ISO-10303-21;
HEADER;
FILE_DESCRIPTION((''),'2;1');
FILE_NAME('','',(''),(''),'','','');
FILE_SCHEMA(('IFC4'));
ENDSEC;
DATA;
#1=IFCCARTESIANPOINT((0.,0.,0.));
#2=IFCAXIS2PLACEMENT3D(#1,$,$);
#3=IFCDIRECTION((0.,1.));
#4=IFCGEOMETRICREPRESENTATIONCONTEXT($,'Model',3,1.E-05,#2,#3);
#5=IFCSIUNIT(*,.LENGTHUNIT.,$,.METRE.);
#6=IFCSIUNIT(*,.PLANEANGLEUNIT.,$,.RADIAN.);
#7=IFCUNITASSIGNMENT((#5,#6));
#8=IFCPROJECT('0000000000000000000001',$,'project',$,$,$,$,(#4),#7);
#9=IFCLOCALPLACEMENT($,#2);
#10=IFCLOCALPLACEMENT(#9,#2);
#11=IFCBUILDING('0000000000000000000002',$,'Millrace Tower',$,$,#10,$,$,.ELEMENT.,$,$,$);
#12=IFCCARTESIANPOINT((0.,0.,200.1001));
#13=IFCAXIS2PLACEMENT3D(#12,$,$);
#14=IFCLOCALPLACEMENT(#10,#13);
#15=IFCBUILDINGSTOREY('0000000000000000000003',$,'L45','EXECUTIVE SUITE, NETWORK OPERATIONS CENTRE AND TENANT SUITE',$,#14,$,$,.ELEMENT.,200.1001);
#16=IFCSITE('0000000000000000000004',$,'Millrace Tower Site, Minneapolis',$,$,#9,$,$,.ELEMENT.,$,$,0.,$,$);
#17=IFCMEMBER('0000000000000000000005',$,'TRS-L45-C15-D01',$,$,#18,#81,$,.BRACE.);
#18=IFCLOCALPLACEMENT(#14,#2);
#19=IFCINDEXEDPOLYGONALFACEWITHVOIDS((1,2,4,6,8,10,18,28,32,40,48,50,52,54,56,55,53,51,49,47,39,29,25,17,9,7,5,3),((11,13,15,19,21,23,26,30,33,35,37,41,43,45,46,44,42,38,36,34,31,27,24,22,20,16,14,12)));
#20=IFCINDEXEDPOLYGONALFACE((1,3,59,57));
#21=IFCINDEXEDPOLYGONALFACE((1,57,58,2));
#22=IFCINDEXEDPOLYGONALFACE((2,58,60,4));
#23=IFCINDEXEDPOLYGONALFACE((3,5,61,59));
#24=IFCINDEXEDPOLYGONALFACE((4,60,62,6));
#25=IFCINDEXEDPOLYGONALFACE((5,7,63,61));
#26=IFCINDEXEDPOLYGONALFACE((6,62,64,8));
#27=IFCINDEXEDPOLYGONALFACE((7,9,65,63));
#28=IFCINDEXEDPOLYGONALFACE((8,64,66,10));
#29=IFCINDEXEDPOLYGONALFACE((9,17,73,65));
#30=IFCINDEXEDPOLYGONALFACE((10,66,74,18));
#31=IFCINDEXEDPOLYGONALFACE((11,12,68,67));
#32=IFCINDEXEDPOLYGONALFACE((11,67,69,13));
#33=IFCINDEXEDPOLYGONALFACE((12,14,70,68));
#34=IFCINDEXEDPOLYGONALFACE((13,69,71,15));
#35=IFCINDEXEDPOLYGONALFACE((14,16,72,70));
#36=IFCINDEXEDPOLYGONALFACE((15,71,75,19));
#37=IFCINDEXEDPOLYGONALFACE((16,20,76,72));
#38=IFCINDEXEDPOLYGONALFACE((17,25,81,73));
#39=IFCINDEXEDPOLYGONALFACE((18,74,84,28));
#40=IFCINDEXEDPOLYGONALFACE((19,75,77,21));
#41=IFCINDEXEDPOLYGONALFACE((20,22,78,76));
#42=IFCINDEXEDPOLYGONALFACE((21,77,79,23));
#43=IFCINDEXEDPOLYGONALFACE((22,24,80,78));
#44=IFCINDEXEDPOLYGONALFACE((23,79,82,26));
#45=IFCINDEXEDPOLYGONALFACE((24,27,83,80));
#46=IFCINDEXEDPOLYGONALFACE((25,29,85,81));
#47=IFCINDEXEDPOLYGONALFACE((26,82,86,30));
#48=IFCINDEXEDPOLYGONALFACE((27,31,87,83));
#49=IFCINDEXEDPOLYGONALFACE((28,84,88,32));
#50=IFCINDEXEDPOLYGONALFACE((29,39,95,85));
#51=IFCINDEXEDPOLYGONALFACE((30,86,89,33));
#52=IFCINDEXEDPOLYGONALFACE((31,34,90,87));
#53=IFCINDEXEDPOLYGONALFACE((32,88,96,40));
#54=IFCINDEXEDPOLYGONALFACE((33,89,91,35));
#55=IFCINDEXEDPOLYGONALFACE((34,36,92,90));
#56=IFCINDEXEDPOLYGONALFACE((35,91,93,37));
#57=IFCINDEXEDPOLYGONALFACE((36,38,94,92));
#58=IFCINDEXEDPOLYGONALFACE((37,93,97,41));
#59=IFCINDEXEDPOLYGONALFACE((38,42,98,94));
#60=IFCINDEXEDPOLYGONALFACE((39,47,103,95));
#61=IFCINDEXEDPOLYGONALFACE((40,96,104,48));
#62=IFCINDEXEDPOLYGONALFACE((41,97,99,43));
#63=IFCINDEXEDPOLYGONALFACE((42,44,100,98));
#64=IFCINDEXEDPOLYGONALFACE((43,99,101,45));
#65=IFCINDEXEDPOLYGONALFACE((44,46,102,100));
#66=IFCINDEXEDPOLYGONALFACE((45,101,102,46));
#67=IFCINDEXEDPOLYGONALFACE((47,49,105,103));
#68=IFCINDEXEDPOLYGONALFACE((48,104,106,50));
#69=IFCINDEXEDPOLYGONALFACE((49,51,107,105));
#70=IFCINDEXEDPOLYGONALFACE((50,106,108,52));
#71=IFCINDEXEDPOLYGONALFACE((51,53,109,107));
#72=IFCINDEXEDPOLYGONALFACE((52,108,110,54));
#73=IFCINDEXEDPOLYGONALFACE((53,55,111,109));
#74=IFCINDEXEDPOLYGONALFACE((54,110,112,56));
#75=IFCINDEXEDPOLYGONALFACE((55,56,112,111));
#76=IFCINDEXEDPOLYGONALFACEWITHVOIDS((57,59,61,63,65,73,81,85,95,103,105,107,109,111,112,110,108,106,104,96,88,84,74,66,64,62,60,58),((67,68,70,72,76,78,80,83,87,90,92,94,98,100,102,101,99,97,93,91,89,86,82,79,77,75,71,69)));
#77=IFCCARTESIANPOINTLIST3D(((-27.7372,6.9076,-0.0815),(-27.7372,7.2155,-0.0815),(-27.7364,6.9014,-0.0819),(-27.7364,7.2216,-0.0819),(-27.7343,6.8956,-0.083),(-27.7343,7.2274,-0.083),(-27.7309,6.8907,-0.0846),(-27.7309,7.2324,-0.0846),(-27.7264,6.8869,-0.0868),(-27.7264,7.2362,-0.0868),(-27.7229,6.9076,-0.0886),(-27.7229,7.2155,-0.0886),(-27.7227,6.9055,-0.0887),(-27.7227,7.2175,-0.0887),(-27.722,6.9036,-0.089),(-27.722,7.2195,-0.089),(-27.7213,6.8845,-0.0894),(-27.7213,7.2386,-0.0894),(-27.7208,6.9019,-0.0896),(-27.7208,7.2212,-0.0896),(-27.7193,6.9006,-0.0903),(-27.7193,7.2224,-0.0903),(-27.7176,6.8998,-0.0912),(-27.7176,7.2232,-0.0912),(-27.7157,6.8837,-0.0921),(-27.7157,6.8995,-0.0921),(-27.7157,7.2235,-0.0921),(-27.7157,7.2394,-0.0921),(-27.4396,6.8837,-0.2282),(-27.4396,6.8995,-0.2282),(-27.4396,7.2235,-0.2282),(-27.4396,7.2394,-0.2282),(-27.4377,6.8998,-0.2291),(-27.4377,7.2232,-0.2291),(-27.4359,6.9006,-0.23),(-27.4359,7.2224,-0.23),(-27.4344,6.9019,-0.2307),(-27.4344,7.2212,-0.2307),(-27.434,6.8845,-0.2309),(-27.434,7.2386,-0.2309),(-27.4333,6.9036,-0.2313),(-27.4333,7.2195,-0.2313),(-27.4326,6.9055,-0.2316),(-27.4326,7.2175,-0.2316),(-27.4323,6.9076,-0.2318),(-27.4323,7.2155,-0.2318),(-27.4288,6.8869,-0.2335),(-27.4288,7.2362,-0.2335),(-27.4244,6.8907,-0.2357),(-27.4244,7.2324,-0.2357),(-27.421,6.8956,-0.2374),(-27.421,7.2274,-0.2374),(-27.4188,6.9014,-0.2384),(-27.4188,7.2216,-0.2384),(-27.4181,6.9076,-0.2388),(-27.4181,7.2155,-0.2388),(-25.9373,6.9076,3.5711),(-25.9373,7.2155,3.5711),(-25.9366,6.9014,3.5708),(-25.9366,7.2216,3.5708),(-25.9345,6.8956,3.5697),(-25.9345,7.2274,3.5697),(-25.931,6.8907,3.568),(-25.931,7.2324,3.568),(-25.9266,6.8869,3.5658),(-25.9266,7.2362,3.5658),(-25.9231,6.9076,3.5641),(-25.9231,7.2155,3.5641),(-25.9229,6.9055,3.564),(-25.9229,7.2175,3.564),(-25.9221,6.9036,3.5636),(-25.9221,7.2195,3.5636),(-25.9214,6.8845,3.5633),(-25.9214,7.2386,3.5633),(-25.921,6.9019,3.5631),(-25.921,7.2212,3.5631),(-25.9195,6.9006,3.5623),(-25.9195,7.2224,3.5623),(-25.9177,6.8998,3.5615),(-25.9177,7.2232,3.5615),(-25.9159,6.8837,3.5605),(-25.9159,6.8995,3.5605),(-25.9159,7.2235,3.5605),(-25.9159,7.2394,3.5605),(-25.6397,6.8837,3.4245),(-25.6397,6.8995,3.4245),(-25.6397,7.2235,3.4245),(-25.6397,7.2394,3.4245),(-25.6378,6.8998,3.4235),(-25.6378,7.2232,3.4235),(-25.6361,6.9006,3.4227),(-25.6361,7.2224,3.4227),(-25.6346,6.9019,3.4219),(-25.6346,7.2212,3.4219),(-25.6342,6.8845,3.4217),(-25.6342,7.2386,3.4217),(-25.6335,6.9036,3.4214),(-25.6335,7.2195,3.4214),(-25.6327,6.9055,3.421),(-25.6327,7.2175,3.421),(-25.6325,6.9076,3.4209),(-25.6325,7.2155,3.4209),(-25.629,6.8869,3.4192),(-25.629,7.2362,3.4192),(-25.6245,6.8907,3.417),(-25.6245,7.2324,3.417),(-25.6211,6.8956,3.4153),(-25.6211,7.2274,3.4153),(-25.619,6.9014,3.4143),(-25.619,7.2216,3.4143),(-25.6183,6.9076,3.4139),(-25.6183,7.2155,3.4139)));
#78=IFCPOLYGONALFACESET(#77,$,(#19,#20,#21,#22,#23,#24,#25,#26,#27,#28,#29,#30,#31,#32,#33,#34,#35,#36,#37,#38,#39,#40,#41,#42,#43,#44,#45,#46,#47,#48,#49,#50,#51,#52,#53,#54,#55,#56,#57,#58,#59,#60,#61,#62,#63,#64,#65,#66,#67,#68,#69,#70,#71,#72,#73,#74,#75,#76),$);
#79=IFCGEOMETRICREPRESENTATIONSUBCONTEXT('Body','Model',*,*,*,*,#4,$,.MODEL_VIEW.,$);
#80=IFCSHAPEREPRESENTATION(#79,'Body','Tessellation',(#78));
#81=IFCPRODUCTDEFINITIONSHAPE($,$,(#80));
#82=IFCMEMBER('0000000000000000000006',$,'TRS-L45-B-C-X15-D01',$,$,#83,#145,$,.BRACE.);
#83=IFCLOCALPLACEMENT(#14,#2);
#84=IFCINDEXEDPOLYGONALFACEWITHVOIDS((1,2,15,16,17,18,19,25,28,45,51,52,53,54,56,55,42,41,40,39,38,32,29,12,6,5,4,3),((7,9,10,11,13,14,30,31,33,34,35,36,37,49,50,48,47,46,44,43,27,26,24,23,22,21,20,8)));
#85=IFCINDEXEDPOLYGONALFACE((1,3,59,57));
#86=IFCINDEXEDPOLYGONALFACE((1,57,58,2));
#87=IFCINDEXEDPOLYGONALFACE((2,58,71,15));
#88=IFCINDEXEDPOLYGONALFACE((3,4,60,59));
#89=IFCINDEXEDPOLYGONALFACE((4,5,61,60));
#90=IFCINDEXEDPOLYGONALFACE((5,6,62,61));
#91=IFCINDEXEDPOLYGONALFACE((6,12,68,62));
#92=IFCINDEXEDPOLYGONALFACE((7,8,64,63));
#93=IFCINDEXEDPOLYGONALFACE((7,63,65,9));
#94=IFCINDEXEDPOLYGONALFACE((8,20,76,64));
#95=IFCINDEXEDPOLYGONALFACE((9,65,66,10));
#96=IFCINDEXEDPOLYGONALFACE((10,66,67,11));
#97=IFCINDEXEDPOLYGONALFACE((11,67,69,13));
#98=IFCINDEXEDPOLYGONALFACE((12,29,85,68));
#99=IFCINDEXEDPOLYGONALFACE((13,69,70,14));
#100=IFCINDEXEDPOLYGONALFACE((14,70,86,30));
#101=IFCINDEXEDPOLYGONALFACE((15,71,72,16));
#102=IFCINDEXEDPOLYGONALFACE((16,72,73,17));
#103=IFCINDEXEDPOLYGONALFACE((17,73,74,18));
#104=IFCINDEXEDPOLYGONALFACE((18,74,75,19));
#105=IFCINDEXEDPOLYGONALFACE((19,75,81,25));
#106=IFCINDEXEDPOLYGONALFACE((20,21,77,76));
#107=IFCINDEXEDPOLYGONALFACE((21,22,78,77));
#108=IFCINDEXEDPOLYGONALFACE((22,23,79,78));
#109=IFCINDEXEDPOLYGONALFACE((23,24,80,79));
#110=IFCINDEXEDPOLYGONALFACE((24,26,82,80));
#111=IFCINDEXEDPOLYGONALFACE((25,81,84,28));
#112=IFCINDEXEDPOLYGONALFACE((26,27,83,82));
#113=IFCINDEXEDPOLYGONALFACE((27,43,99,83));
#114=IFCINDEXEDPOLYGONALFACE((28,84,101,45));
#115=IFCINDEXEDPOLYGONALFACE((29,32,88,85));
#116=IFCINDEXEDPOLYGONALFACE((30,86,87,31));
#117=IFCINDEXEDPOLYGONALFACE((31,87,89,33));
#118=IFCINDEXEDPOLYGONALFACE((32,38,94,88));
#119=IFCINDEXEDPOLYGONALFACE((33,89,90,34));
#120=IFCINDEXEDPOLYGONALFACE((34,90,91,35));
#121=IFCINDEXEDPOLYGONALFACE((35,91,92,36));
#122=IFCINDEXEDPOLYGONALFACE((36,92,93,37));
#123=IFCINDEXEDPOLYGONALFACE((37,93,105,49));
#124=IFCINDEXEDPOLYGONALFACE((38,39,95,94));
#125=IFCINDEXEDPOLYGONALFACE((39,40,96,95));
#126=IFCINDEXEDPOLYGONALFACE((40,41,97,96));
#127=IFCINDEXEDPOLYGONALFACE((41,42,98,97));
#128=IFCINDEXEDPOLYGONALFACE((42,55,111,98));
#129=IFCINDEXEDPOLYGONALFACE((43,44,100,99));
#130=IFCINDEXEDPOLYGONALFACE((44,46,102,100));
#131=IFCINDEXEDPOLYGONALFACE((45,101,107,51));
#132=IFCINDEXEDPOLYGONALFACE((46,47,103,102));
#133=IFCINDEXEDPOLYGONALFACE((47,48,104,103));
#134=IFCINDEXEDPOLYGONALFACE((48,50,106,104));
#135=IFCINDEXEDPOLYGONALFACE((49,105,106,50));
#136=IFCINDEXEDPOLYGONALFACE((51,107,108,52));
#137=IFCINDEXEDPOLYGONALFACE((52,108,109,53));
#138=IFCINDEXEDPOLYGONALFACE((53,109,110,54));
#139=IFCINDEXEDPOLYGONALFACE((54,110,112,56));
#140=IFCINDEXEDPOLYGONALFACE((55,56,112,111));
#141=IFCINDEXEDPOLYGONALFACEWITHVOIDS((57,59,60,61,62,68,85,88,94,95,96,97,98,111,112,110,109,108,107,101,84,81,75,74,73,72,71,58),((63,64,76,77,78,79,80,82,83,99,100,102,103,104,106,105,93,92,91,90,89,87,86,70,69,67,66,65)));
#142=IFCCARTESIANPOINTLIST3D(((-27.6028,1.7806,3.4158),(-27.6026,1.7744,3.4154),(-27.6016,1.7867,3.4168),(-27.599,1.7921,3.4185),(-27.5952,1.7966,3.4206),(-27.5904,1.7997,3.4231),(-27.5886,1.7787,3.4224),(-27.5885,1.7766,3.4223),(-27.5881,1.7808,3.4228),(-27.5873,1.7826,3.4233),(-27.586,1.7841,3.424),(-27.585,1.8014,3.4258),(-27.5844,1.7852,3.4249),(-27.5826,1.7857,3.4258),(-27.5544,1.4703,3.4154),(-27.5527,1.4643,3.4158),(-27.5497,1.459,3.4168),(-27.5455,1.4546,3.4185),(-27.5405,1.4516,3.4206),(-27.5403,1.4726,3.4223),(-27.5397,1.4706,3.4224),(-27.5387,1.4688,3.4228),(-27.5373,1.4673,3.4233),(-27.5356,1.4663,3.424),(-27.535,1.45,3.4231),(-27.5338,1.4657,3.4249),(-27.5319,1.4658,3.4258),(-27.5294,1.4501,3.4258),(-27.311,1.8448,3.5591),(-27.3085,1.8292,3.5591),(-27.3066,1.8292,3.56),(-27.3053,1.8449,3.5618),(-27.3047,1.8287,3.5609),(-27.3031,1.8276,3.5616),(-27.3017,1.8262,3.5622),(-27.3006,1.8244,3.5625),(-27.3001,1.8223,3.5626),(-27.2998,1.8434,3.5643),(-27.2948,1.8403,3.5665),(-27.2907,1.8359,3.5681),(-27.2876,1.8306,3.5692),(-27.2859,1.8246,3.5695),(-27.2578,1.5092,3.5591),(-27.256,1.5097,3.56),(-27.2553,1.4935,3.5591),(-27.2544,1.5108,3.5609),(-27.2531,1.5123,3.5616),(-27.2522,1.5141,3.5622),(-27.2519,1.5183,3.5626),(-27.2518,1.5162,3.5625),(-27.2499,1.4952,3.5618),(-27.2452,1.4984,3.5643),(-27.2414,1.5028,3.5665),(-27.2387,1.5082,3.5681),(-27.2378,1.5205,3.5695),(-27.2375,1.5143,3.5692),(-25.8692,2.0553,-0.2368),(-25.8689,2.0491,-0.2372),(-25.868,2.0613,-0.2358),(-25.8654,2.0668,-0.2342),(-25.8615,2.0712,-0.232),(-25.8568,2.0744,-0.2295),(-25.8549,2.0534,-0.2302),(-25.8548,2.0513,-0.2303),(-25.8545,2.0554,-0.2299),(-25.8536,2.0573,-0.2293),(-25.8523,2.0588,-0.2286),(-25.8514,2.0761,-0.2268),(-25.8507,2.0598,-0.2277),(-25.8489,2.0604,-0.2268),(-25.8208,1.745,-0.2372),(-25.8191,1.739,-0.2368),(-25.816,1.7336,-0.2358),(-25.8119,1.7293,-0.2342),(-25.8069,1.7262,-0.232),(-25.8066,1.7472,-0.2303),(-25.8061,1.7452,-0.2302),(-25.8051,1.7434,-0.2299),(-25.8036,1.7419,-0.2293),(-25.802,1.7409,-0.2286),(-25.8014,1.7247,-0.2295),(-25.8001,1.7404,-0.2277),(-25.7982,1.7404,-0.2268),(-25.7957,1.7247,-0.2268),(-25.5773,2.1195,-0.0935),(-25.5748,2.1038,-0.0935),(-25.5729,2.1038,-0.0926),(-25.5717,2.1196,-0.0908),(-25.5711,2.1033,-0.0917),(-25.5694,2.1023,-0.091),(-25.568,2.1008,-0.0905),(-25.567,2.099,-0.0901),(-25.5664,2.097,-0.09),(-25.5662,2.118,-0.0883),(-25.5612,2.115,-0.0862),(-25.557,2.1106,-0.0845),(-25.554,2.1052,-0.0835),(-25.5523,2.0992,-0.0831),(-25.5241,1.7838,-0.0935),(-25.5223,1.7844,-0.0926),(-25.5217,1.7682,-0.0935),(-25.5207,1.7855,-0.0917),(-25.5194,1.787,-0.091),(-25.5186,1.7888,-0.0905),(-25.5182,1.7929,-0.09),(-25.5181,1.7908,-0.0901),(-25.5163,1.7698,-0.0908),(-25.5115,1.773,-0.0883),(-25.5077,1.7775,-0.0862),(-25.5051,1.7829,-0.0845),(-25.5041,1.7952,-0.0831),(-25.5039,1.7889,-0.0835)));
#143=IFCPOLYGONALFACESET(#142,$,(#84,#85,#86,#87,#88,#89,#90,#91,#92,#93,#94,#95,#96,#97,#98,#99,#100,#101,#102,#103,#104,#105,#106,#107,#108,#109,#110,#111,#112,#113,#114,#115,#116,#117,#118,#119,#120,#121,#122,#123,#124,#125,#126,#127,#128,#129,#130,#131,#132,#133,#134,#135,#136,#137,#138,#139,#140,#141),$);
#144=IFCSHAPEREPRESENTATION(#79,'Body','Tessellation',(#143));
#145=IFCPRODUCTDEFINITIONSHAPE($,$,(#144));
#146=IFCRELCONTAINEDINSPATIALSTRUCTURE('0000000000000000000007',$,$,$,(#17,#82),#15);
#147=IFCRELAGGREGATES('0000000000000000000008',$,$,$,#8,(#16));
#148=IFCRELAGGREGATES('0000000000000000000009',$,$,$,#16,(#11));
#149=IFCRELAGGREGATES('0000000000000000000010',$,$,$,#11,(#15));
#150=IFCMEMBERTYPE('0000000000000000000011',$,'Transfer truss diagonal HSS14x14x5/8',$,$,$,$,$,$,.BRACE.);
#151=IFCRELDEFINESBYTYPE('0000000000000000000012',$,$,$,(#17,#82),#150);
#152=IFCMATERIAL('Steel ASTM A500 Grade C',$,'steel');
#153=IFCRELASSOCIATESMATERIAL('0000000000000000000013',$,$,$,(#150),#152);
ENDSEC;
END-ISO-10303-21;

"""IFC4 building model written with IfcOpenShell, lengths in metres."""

from ifc_helpers import new_model, si_unit, direction, frame, origin, origin_2d, place, context, subcontext, project, spatial, hollow_rectangle, extrude, material, material_profile, profile_set, type_object, element, save


model = new_model("IFC4")

# Units and contexts
model_context = context("Model", 3, precision=1e-05, world=origin(), true_north=direction((0.0, 1.0)))
body_context = subcontext(model_context, "Body", "Model", "MODEL_VIEW")
ifc_project = project(units=[si_unit("LENGTHUNIT", "METRE"), si_unit("PLANEANGLEUNIT", "RADIAN")], contexts=[model_context])

# Site, building, storey
site_placement = place(None, origin())
site = spatial("IfcSite", under=ifc_project, at=site_placement, Name="Millrace Tower Site, Minneapolis", CompositionType="ELEMENT", RefElevation=0.0)
building_placement = place(site_placement, origin())
building = spatial("IfcBuilding", under=site, at=building_placement, Name="Millrace Tower", CompositionType="ELEMENT")
storey_placement = place(building_placement, frame((0.0, 0.0, 200.1001)))
storey = spatial("IfcBuildingStorey", under=building, at=storey_placement, Name="L45", Description="EXECUTIVE SUITE, NETWORK OPERATIONS CENTRE AND TENANT SUITE", CompositionType="ELEMENT", Elevation=200.1001)

# Members
ifc_material_1 = material(Name="Steel ASTM A500 Grade C", Category="steel")
ifc_material_profile_1 = material_profile(ifc_material_1, hollow_rectangle(XDim=0.3557, YDim=0.3557, WallThickness=0.0159, InnerFilletRadius=0.0081, OuterFilletRadius=0.0239, at=origin_2d()))
ifc_profile_set_1 = profile_set([ifc_material_profile_1], Name="Steel ASTM A500 Grade C")
member_type_1 = type_object("IfcMemberType", Name="Transfer truss diagonal HSS14x14x5/8", PredefinedType="BRACE", material=ifc_profile_set_1)
member_1_placement = place(storey_placement, frame((-27.5776, 7.0615, -0.1602), z_axis=(0.442002, 0.0, 0.897014), x_axis=(0.0, 1.0, 0.0)))
element("IfcMember", 1, at=member_1_placement, inside=storey, type_object=member_type_1, Name="TRS-L45-C15-D01", PredefinedType="BRACE", context=body_context, shape_type="SweptSolid", body=[
    extrude(hollow_rectangle(XDim=0.3557, YDim=0.3557, WallThickness=0.0159, InnerFilletRadius=0.0081, OuterFilletRadius=0.0239, at=origin_2d()), origin(), (0.0, 0.0, 1.0), 4.072),
])
member_2_placement = place(storey_placement, frame((-25.6865, 1.9221, -0.1602), z_axis=(-0.427801, -0.067776, 0.901328), x_axis=(0.156477, -0.987682, 0.0)))
element("IfcMember", 2, at=member_2_placement, inside=storey, type_object=member_type_1, Name="TRS-L45-B-C-X15-D01", PredefinedType="BRACE", context=body_context, shape_type="SweptSolid", body=[
    extrude(hollow_rectangle(XDim=0.3557, YDim=0.3557, WallThickness=0.0159, InnerFilletRadius=0.0081, OuterFilletRadius=0.0239, at=origin_2d()), origin(), (0.0, 0.0, 1.0), 4.0525),
])

save(model, "model.ifc")
